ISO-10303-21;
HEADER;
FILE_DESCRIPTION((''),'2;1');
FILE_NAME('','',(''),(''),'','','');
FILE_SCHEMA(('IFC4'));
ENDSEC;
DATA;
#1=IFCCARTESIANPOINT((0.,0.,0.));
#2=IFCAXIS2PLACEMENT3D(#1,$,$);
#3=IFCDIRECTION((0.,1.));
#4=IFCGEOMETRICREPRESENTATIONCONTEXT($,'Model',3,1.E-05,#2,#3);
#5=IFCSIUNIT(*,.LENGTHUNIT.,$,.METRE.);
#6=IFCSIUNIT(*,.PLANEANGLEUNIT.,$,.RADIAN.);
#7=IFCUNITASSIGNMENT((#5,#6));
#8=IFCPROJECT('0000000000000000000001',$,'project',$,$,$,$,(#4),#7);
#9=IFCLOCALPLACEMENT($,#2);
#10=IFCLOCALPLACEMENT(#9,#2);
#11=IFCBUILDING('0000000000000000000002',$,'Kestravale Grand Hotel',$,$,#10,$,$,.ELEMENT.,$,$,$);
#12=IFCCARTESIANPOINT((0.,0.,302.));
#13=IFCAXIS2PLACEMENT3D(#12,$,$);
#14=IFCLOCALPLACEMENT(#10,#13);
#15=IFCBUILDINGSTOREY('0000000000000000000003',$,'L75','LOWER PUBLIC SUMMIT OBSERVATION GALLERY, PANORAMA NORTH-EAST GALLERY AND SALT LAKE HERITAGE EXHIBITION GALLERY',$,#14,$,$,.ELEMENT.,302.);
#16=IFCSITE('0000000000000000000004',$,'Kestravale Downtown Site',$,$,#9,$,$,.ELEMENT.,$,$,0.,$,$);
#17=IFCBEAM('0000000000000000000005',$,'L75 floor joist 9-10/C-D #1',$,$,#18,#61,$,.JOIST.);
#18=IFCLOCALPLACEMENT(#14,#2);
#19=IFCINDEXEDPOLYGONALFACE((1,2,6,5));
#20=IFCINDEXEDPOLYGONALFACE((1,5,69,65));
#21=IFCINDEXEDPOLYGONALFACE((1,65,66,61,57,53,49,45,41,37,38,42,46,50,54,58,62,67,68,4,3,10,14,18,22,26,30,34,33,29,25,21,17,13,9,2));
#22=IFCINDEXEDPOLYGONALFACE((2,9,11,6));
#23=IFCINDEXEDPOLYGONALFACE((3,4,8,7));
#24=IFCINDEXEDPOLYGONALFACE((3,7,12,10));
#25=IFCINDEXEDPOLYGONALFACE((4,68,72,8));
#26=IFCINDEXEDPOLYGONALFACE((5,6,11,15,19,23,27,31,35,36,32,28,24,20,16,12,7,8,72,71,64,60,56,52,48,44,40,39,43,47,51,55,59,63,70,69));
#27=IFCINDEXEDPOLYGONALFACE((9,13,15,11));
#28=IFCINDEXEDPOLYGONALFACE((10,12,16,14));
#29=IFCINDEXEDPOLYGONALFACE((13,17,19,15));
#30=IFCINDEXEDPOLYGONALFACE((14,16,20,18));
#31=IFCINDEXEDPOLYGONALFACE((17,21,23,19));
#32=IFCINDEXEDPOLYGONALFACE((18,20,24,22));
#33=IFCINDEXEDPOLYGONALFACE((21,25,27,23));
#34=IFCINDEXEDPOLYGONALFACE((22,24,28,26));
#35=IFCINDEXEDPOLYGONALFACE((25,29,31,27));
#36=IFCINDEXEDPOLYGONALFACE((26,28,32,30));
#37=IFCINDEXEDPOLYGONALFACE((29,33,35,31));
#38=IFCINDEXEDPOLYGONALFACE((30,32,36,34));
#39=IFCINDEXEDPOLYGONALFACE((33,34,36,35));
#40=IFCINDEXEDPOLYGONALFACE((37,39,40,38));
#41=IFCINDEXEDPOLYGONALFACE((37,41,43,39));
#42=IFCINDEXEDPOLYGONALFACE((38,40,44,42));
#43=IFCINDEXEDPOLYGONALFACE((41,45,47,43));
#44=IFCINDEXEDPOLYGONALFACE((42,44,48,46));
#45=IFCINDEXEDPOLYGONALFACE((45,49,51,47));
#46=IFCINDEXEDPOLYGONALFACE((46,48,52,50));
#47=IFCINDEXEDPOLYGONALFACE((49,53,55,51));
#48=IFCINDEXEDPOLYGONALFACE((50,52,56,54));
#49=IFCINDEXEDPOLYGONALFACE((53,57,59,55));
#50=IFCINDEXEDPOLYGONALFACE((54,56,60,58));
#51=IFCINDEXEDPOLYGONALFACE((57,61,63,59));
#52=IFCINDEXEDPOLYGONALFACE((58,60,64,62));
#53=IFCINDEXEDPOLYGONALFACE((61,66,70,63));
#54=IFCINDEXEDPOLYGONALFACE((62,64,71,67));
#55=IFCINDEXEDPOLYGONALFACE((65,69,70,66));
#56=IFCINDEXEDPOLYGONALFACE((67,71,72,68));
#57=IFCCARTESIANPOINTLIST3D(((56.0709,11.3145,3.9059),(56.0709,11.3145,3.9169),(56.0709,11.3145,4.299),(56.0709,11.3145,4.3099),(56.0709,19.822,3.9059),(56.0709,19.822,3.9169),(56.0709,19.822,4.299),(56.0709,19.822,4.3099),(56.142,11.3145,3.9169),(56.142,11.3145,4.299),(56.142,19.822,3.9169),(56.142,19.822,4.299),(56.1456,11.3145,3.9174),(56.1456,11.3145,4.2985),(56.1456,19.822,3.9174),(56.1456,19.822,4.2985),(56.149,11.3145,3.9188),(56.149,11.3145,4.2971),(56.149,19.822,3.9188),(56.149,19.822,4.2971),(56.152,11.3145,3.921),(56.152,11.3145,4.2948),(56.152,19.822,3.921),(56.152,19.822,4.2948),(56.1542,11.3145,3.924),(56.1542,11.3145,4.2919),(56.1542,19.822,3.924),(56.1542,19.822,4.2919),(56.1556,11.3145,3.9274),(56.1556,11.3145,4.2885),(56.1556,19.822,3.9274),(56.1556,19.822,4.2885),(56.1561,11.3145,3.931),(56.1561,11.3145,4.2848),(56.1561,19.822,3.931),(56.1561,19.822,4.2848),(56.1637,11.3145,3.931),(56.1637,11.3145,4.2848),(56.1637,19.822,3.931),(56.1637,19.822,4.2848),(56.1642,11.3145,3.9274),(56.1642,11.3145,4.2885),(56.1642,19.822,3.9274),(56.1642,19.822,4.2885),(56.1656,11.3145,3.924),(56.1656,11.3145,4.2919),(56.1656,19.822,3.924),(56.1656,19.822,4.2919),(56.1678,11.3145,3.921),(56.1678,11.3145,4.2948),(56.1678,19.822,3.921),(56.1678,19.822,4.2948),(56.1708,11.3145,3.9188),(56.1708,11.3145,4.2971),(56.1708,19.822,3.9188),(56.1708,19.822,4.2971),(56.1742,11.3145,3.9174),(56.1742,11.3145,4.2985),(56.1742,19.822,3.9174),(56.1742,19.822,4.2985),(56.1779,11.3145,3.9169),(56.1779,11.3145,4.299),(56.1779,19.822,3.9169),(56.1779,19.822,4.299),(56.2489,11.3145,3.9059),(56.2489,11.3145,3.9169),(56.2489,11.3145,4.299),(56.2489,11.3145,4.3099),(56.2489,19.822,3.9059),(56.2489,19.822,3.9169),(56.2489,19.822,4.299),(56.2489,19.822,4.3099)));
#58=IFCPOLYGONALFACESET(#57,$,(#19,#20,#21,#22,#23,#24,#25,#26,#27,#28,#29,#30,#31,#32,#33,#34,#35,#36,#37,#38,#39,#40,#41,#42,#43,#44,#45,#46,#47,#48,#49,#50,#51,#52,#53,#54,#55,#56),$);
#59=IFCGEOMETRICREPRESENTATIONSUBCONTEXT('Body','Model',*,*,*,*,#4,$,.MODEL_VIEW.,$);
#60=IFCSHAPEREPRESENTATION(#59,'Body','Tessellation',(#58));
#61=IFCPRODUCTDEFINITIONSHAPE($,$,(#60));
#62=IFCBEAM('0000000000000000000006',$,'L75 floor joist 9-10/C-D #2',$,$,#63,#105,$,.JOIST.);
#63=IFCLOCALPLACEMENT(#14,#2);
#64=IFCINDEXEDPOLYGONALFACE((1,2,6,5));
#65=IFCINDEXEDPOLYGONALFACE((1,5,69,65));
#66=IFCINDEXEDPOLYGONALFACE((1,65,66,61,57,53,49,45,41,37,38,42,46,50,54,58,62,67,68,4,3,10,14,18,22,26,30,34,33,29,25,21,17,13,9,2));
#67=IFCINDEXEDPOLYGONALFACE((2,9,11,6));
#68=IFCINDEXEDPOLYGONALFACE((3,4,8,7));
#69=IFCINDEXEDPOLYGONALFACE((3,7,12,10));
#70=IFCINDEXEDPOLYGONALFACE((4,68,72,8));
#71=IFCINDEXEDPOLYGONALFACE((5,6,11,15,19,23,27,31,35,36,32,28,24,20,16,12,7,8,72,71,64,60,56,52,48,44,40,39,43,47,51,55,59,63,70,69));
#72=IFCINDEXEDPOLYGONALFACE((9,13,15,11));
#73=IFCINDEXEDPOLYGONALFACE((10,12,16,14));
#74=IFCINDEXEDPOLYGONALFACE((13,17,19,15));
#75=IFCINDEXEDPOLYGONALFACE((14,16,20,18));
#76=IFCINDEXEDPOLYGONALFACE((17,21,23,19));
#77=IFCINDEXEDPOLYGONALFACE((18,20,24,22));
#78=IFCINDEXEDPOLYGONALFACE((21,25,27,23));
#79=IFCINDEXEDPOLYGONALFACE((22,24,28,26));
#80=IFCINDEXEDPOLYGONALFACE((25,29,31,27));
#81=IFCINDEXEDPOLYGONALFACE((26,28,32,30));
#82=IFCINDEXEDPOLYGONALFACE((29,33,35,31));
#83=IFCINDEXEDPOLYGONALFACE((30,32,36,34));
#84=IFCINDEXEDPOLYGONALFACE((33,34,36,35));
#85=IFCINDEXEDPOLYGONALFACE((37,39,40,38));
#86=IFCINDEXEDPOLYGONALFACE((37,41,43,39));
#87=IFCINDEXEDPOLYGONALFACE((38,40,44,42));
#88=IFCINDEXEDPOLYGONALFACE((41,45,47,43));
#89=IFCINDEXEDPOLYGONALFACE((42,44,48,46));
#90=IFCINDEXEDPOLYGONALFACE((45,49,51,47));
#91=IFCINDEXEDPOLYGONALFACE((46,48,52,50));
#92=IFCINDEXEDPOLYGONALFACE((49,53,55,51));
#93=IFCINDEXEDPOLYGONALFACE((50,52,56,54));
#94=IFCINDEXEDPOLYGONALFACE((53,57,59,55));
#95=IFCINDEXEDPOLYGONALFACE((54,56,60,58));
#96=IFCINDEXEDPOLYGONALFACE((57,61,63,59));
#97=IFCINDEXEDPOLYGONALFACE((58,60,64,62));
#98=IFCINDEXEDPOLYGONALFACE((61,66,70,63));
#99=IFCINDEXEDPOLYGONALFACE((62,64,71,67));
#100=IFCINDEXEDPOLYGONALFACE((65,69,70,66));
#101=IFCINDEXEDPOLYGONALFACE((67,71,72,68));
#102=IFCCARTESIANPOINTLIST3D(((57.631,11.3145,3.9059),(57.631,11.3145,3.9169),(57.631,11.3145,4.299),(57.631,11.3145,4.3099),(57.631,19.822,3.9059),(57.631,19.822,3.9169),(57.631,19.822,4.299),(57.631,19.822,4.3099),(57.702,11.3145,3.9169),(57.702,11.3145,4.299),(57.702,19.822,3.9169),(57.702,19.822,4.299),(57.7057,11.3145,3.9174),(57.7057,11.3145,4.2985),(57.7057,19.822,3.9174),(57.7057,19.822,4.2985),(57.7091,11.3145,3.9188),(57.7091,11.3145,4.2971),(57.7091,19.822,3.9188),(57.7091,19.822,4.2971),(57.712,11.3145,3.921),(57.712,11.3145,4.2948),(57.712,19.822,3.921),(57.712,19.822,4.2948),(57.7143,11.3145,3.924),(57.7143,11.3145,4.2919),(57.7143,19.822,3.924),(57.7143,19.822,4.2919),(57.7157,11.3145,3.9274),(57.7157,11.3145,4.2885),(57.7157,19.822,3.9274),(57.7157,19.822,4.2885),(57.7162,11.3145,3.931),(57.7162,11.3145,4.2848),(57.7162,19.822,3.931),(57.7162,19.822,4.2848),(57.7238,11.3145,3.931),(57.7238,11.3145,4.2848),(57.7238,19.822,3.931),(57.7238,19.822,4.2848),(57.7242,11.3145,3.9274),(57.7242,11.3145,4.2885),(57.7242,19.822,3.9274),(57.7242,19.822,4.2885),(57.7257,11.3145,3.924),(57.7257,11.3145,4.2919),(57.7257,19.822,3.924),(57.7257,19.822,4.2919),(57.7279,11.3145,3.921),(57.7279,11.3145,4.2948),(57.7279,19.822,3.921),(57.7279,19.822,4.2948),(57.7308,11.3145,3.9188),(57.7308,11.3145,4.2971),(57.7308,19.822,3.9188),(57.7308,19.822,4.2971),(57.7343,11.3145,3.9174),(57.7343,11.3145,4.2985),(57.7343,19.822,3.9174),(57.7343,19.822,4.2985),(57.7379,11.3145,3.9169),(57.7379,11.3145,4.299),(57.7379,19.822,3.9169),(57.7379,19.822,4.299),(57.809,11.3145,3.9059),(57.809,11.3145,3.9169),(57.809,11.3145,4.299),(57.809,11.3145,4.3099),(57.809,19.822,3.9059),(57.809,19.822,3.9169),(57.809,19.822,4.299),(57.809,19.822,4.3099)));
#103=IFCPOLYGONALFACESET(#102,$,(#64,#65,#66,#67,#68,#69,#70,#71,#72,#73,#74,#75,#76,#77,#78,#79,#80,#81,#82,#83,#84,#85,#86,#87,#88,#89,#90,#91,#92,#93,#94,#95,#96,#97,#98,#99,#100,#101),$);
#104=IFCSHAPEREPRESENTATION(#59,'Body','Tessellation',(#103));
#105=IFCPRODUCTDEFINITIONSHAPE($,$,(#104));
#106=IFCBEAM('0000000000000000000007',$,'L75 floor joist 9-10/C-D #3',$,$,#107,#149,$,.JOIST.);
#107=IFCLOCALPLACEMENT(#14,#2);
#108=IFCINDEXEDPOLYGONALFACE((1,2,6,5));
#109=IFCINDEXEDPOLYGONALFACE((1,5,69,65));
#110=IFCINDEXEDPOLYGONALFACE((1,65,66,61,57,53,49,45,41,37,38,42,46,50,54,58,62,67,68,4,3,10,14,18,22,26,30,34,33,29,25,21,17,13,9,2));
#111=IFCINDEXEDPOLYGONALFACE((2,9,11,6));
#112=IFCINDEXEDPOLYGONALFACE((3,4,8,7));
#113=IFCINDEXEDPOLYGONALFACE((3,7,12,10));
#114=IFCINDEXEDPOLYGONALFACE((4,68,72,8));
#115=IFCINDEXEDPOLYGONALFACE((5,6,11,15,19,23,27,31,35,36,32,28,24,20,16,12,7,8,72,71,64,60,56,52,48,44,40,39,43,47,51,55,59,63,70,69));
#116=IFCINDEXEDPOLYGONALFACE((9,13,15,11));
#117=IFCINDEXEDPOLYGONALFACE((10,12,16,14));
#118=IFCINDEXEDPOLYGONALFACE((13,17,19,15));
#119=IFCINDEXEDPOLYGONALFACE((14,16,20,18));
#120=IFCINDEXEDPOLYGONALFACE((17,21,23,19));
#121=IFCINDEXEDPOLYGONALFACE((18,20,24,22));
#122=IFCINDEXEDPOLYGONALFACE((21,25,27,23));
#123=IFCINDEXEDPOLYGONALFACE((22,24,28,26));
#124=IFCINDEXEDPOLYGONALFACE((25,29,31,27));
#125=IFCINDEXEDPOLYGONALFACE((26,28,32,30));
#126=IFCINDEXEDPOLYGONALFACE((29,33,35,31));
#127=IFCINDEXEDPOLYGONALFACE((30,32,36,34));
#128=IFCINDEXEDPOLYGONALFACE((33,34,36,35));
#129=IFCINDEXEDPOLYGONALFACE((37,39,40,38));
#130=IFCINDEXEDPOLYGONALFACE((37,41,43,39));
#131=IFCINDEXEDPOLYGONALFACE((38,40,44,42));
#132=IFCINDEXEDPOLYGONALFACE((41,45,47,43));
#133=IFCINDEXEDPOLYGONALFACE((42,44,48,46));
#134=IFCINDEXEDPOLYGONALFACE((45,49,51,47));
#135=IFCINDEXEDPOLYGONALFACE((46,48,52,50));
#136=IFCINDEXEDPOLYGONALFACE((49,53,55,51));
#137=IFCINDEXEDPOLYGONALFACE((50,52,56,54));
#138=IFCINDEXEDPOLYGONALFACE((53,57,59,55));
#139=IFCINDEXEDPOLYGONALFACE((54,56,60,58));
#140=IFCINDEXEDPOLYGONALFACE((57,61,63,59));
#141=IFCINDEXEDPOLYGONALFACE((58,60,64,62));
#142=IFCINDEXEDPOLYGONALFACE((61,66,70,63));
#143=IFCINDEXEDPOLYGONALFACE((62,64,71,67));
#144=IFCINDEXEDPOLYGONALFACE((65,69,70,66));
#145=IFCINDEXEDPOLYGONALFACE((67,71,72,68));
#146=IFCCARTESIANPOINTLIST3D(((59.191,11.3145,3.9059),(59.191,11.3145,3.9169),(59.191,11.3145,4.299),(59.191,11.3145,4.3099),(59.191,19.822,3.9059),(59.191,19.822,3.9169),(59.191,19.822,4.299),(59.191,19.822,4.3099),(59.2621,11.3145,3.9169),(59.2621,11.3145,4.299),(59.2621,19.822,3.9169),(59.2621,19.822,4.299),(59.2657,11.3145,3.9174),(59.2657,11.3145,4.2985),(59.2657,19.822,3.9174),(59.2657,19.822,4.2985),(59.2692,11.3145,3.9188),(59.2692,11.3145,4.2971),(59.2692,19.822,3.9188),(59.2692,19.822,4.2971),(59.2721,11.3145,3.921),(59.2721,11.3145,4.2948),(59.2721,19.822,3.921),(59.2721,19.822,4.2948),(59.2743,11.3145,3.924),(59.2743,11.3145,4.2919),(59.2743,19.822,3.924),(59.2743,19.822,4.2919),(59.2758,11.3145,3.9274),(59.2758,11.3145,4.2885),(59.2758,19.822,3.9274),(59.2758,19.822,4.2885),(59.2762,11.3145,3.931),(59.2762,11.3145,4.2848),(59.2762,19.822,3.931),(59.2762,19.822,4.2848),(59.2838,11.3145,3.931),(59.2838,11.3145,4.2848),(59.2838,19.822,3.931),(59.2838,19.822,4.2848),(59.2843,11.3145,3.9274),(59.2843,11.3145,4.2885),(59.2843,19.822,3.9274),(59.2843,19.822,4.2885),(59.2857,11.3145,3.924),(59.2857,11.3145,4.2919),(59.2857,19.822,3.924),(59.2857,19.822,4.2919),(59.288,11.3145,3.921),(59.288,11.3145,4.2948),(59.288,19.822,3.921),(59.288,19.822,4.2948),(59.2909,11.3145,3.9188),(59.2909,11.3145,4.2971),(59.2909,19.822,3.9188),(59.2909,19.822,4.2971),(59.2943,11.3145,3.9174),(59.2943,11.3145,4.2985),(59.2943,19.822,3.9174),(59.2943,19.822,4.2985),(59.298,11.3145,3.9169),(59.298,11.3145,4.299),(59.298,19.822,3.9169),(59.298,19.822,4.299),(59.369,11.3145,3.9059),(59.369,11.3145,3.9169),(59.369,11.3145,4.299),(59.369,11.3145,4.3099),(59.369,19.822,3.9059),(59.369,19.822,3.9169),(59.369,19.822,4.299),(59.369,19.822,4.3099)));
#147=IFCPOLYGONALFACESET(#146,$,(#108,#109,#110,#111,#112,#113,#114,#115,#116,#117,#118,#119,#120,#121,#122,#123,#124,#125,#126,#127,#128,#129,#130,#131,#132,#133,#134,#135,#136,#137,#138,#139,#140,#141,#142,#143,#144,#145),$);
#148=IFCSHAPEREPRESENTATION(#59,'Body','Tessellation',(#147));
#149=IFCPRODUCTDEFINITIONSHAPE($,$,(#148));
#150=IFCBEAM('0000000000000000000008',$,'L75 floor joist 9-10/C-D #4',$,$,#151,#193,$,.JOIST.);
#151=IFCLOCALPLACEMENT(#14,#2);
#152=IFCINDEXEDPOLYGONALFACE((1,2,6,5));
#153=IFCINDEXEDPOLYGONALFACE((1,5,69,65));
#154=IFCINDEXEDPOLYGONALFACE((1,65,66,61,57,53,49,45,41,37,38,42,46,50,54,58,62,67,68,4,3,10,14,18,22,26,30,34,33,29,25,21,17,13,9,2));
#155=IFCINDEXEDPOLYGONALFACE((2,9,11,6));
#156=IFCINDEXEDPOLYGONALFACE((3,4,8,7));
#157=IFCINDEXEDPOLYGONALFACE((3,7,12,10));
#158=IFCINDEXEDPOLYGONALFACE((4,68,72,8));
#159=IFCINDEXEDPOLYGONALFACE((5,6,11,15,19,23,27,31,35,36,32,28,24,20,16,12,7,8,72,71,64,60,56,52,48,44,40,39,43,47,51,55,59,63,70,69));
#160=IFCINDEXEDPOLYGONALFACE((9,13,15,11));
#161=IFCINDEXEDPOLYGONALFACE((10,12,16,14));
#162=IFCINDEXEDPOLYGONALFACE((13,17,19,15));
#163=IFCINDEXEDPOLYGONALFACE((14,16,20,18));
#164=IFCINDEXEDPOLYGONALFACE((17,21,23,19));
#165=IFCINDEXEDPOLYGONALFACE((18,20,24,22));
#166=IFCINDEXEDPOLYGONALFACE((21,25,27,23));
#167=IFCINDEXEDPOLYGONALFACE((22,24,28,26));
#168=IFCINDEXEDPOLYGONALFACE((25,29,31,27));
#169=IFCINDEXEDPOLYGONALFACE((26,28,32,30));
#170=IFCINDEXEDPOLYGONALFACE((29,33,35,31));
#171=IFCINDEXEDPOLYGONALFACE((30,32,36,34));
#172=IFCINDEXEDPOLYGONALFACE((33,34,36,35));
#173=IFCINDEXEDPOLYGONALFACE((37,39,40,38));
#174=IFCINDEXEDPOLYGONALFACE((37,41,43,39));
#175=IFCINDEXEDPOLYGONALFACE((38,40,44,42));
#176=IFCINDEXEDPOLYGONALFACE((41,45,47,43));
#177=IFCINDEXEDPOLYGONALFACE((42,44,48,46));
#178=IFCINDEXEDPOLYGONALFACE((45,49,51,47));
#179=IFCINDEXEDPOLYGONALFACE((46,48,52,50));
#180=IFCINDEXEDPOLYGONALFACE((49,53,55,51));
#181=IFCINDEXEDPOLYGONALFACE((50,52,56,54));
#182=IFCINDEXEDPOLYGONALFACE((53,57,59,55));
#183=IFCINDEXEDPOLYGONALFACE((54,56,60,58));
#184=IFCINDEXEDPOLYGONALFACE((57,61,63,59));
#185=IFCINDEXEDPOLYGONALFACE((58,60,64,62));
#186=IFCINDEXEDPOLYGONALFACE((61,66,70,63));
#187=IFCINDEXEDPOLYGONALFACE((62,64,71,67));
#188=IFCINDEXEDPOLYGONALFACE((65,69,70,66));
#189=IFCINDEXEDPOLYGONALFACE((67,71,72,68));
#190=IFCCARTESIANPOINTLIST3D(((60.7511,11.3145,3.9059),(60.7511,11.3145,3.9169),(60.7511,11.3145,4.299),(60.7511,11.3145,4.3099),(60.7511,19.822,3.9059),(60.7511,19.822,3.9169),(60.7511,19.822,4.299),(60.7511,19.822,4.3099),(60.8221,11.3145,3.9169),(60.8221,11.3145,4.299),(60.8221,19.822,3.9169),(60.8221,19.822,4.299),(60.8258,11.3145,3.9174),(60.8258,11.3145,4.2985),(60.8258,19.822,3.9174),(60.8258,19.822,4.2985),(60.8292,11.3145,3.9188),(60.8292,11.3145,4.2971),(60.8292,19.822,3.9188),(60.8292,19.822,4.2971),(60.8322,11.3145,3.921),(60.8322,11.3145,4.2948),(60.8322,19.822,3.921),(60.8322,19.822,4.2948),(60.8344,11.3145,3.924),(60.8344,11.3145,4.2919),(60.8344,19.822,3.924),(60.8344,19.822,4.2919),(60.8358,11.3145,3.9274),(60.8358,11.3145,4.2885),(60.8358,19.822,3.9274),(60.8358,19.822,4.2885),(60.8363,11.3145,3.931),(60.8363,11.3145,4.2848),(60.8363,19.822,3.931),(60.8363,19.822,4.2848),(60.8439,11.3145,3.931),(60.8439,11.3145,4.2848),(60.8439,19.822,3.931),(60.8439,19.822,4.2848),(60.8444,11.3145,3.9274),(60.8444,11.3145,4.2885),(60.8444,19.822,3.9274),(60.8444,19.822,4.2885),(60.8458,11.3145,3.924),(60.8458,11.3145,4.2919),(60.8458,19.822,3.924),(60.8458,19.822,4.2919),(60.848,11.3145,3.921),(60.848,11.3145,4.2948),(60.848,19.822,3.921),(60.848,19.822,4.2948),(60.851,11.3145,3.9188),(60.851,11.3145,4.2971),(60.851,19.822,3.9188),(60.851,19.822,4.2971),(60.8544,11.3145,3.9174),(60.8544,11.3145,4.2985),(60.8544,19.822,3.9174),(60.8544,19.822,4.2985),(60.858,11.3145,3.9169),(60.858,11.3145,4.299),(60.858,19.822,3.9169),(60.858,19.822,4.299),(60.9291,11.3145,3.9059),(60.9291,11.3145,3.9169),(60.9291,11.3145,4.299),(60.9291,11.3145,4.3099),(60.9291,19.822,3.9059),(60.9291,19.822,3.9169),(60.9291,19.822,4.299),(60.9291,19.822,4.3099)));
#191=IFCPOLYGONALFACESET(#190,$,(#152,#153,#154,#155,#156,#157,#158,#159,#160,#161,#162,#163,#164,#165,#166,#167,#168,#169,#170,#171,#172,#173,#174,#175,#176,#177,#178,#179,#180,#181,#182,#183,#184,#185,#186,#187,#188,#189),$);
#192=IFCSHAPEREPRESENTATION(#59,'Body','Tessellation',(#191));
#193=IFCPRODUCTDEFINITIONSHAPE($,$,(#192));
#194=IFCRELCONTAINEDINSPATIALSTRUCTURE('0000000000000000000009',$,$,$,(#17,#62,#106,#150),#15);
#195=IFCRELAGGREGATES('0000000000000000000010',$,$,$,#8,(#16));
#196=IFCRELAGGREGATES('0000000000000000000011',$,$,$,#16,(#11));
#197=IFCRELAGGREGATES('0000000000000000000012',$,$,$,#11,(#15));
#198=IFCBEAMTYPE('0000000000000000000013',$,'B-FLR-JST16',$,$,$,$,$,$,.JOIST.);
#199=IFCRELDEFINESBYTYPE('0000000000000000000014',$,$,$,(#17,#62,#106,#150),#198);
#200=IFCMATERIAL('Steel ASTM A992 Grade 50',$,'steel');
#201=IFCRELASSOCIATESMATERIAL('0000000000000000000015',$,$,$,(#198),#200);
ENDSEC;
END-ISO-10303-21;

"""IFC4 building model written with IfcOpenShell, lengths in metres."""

from ifc_helpers import new_model, si_unit, direction, frame, origin, origin_2d, place, context, subcontext, project, spatial, i_section, extrude, material, material_profile, profile_set, type_object, element, save


model = new_model("IFC4")

# Units and contexts
model_context = context("Model", 3, precision=1e-05, world=origin(), true_north=direction((0.0, 1.0)))
body_context = subcontext(model_context, "Body", "Model", "MODEL_VIEW")
ifc_project = project(units=[si_unit("LENGTHUNIT", "METRE"), si_unit("PLANEANGLEUNIT", "RADIAN")], contexts=[model_context])

# Site, building, storey
site_placement = place(None, origin())
site = spatial("IfcSite", under=ifc_project, at=site_placement, Name="Kestravale Downtown Site", CompositionType="ELEMENT", RefElevation=0.0)
building_placement = place(site_placement, origin())
building = spatial("IfcBuilding", under=site, at=building_placement, Name="Kestravale Grand Hotel", CompositionType="ELEMENT")
storey_placement = place(building_placement, frame((0.0, 0.0, 302.0)))
storey = spatial("IfcBuildingStorey", under=building, at=storey_placement, Name="L75", Description="LOWER PUBLIC SUMMIT OBSERVATION GALLERY, PANORAMA NORTH-EAST GALLERY AND SALT LAKE HERITAGE EXHIBITION GALLERY", CompositionType="ELEMENT", Elevation=302.0)

# Beams
ifc_material_1 = material(Name="Steel ASTM A992 Grade 50", Category="steel")
ifc_material_profile_1 = material_profile(ifc_material_1, i_section(OverallWidth=0.178, OverallDepth=0.4041, WebThickness=0.0076, FlangeThickness=0.011, FilletRadius=0.0142, at=origin_2d()))
ifc_profile_set_1 = profile_set([ifc_material_profile_1], Name="Steel ASTM A992 Grade 50")
beam_type_1 = type_object("IfcBeamType", Name="B-FLR-JST16", PredefinedType="JOIST", material=ifc_profile_set_1)
for number, where, z_axis, x_axis, name in (
    (1, (56.1599, 11.3145, 4.1079), (0.0, 1.0, 0.0), (-1.0, 0.0, 0.0), "L75 floor joist 9-10/C-D #1"),
    (2, (57.72, 11.3145, 4.1079), (0.0, 1.0, 0.0), (-1.0, 0.0, 0.0), "L75 floor joist 9-10/C-D #2"),
    (3, (59.28, 11.3145, 4.1079), (0.0, 1.0, 0.0), (-1.0, 0.0, 0.0), "L75 floor joist 9-10/C-D #3"),
    (4, (60.8401, 11.3145, 4.1079), (0.0, 1.0, 0.0), (-1.0, 0.0, 0.0), "L75 floor joist 9-10/C-D #4"),
):
    element("IfcBeam", number, at=place(storey_placement, frame(where, z_axis=z_axis, x_axis=x_axis)), inside=storey, type_object=beam_type_1, Name=name, PredefinedType="JOIST", context=body_context, shape_type="SweptSolid", body=[
        extrude(i_section(OverallWidth=0.178, OverallDepth=0.4041, WebThickness=0.0076, FlangeThickness=0.011, FilletRadius=0.0142, at=origin_2d()), origin(), (0.0, 0.0, 1.0), 8.5076),
    ])

save(model, "model.ifc")
